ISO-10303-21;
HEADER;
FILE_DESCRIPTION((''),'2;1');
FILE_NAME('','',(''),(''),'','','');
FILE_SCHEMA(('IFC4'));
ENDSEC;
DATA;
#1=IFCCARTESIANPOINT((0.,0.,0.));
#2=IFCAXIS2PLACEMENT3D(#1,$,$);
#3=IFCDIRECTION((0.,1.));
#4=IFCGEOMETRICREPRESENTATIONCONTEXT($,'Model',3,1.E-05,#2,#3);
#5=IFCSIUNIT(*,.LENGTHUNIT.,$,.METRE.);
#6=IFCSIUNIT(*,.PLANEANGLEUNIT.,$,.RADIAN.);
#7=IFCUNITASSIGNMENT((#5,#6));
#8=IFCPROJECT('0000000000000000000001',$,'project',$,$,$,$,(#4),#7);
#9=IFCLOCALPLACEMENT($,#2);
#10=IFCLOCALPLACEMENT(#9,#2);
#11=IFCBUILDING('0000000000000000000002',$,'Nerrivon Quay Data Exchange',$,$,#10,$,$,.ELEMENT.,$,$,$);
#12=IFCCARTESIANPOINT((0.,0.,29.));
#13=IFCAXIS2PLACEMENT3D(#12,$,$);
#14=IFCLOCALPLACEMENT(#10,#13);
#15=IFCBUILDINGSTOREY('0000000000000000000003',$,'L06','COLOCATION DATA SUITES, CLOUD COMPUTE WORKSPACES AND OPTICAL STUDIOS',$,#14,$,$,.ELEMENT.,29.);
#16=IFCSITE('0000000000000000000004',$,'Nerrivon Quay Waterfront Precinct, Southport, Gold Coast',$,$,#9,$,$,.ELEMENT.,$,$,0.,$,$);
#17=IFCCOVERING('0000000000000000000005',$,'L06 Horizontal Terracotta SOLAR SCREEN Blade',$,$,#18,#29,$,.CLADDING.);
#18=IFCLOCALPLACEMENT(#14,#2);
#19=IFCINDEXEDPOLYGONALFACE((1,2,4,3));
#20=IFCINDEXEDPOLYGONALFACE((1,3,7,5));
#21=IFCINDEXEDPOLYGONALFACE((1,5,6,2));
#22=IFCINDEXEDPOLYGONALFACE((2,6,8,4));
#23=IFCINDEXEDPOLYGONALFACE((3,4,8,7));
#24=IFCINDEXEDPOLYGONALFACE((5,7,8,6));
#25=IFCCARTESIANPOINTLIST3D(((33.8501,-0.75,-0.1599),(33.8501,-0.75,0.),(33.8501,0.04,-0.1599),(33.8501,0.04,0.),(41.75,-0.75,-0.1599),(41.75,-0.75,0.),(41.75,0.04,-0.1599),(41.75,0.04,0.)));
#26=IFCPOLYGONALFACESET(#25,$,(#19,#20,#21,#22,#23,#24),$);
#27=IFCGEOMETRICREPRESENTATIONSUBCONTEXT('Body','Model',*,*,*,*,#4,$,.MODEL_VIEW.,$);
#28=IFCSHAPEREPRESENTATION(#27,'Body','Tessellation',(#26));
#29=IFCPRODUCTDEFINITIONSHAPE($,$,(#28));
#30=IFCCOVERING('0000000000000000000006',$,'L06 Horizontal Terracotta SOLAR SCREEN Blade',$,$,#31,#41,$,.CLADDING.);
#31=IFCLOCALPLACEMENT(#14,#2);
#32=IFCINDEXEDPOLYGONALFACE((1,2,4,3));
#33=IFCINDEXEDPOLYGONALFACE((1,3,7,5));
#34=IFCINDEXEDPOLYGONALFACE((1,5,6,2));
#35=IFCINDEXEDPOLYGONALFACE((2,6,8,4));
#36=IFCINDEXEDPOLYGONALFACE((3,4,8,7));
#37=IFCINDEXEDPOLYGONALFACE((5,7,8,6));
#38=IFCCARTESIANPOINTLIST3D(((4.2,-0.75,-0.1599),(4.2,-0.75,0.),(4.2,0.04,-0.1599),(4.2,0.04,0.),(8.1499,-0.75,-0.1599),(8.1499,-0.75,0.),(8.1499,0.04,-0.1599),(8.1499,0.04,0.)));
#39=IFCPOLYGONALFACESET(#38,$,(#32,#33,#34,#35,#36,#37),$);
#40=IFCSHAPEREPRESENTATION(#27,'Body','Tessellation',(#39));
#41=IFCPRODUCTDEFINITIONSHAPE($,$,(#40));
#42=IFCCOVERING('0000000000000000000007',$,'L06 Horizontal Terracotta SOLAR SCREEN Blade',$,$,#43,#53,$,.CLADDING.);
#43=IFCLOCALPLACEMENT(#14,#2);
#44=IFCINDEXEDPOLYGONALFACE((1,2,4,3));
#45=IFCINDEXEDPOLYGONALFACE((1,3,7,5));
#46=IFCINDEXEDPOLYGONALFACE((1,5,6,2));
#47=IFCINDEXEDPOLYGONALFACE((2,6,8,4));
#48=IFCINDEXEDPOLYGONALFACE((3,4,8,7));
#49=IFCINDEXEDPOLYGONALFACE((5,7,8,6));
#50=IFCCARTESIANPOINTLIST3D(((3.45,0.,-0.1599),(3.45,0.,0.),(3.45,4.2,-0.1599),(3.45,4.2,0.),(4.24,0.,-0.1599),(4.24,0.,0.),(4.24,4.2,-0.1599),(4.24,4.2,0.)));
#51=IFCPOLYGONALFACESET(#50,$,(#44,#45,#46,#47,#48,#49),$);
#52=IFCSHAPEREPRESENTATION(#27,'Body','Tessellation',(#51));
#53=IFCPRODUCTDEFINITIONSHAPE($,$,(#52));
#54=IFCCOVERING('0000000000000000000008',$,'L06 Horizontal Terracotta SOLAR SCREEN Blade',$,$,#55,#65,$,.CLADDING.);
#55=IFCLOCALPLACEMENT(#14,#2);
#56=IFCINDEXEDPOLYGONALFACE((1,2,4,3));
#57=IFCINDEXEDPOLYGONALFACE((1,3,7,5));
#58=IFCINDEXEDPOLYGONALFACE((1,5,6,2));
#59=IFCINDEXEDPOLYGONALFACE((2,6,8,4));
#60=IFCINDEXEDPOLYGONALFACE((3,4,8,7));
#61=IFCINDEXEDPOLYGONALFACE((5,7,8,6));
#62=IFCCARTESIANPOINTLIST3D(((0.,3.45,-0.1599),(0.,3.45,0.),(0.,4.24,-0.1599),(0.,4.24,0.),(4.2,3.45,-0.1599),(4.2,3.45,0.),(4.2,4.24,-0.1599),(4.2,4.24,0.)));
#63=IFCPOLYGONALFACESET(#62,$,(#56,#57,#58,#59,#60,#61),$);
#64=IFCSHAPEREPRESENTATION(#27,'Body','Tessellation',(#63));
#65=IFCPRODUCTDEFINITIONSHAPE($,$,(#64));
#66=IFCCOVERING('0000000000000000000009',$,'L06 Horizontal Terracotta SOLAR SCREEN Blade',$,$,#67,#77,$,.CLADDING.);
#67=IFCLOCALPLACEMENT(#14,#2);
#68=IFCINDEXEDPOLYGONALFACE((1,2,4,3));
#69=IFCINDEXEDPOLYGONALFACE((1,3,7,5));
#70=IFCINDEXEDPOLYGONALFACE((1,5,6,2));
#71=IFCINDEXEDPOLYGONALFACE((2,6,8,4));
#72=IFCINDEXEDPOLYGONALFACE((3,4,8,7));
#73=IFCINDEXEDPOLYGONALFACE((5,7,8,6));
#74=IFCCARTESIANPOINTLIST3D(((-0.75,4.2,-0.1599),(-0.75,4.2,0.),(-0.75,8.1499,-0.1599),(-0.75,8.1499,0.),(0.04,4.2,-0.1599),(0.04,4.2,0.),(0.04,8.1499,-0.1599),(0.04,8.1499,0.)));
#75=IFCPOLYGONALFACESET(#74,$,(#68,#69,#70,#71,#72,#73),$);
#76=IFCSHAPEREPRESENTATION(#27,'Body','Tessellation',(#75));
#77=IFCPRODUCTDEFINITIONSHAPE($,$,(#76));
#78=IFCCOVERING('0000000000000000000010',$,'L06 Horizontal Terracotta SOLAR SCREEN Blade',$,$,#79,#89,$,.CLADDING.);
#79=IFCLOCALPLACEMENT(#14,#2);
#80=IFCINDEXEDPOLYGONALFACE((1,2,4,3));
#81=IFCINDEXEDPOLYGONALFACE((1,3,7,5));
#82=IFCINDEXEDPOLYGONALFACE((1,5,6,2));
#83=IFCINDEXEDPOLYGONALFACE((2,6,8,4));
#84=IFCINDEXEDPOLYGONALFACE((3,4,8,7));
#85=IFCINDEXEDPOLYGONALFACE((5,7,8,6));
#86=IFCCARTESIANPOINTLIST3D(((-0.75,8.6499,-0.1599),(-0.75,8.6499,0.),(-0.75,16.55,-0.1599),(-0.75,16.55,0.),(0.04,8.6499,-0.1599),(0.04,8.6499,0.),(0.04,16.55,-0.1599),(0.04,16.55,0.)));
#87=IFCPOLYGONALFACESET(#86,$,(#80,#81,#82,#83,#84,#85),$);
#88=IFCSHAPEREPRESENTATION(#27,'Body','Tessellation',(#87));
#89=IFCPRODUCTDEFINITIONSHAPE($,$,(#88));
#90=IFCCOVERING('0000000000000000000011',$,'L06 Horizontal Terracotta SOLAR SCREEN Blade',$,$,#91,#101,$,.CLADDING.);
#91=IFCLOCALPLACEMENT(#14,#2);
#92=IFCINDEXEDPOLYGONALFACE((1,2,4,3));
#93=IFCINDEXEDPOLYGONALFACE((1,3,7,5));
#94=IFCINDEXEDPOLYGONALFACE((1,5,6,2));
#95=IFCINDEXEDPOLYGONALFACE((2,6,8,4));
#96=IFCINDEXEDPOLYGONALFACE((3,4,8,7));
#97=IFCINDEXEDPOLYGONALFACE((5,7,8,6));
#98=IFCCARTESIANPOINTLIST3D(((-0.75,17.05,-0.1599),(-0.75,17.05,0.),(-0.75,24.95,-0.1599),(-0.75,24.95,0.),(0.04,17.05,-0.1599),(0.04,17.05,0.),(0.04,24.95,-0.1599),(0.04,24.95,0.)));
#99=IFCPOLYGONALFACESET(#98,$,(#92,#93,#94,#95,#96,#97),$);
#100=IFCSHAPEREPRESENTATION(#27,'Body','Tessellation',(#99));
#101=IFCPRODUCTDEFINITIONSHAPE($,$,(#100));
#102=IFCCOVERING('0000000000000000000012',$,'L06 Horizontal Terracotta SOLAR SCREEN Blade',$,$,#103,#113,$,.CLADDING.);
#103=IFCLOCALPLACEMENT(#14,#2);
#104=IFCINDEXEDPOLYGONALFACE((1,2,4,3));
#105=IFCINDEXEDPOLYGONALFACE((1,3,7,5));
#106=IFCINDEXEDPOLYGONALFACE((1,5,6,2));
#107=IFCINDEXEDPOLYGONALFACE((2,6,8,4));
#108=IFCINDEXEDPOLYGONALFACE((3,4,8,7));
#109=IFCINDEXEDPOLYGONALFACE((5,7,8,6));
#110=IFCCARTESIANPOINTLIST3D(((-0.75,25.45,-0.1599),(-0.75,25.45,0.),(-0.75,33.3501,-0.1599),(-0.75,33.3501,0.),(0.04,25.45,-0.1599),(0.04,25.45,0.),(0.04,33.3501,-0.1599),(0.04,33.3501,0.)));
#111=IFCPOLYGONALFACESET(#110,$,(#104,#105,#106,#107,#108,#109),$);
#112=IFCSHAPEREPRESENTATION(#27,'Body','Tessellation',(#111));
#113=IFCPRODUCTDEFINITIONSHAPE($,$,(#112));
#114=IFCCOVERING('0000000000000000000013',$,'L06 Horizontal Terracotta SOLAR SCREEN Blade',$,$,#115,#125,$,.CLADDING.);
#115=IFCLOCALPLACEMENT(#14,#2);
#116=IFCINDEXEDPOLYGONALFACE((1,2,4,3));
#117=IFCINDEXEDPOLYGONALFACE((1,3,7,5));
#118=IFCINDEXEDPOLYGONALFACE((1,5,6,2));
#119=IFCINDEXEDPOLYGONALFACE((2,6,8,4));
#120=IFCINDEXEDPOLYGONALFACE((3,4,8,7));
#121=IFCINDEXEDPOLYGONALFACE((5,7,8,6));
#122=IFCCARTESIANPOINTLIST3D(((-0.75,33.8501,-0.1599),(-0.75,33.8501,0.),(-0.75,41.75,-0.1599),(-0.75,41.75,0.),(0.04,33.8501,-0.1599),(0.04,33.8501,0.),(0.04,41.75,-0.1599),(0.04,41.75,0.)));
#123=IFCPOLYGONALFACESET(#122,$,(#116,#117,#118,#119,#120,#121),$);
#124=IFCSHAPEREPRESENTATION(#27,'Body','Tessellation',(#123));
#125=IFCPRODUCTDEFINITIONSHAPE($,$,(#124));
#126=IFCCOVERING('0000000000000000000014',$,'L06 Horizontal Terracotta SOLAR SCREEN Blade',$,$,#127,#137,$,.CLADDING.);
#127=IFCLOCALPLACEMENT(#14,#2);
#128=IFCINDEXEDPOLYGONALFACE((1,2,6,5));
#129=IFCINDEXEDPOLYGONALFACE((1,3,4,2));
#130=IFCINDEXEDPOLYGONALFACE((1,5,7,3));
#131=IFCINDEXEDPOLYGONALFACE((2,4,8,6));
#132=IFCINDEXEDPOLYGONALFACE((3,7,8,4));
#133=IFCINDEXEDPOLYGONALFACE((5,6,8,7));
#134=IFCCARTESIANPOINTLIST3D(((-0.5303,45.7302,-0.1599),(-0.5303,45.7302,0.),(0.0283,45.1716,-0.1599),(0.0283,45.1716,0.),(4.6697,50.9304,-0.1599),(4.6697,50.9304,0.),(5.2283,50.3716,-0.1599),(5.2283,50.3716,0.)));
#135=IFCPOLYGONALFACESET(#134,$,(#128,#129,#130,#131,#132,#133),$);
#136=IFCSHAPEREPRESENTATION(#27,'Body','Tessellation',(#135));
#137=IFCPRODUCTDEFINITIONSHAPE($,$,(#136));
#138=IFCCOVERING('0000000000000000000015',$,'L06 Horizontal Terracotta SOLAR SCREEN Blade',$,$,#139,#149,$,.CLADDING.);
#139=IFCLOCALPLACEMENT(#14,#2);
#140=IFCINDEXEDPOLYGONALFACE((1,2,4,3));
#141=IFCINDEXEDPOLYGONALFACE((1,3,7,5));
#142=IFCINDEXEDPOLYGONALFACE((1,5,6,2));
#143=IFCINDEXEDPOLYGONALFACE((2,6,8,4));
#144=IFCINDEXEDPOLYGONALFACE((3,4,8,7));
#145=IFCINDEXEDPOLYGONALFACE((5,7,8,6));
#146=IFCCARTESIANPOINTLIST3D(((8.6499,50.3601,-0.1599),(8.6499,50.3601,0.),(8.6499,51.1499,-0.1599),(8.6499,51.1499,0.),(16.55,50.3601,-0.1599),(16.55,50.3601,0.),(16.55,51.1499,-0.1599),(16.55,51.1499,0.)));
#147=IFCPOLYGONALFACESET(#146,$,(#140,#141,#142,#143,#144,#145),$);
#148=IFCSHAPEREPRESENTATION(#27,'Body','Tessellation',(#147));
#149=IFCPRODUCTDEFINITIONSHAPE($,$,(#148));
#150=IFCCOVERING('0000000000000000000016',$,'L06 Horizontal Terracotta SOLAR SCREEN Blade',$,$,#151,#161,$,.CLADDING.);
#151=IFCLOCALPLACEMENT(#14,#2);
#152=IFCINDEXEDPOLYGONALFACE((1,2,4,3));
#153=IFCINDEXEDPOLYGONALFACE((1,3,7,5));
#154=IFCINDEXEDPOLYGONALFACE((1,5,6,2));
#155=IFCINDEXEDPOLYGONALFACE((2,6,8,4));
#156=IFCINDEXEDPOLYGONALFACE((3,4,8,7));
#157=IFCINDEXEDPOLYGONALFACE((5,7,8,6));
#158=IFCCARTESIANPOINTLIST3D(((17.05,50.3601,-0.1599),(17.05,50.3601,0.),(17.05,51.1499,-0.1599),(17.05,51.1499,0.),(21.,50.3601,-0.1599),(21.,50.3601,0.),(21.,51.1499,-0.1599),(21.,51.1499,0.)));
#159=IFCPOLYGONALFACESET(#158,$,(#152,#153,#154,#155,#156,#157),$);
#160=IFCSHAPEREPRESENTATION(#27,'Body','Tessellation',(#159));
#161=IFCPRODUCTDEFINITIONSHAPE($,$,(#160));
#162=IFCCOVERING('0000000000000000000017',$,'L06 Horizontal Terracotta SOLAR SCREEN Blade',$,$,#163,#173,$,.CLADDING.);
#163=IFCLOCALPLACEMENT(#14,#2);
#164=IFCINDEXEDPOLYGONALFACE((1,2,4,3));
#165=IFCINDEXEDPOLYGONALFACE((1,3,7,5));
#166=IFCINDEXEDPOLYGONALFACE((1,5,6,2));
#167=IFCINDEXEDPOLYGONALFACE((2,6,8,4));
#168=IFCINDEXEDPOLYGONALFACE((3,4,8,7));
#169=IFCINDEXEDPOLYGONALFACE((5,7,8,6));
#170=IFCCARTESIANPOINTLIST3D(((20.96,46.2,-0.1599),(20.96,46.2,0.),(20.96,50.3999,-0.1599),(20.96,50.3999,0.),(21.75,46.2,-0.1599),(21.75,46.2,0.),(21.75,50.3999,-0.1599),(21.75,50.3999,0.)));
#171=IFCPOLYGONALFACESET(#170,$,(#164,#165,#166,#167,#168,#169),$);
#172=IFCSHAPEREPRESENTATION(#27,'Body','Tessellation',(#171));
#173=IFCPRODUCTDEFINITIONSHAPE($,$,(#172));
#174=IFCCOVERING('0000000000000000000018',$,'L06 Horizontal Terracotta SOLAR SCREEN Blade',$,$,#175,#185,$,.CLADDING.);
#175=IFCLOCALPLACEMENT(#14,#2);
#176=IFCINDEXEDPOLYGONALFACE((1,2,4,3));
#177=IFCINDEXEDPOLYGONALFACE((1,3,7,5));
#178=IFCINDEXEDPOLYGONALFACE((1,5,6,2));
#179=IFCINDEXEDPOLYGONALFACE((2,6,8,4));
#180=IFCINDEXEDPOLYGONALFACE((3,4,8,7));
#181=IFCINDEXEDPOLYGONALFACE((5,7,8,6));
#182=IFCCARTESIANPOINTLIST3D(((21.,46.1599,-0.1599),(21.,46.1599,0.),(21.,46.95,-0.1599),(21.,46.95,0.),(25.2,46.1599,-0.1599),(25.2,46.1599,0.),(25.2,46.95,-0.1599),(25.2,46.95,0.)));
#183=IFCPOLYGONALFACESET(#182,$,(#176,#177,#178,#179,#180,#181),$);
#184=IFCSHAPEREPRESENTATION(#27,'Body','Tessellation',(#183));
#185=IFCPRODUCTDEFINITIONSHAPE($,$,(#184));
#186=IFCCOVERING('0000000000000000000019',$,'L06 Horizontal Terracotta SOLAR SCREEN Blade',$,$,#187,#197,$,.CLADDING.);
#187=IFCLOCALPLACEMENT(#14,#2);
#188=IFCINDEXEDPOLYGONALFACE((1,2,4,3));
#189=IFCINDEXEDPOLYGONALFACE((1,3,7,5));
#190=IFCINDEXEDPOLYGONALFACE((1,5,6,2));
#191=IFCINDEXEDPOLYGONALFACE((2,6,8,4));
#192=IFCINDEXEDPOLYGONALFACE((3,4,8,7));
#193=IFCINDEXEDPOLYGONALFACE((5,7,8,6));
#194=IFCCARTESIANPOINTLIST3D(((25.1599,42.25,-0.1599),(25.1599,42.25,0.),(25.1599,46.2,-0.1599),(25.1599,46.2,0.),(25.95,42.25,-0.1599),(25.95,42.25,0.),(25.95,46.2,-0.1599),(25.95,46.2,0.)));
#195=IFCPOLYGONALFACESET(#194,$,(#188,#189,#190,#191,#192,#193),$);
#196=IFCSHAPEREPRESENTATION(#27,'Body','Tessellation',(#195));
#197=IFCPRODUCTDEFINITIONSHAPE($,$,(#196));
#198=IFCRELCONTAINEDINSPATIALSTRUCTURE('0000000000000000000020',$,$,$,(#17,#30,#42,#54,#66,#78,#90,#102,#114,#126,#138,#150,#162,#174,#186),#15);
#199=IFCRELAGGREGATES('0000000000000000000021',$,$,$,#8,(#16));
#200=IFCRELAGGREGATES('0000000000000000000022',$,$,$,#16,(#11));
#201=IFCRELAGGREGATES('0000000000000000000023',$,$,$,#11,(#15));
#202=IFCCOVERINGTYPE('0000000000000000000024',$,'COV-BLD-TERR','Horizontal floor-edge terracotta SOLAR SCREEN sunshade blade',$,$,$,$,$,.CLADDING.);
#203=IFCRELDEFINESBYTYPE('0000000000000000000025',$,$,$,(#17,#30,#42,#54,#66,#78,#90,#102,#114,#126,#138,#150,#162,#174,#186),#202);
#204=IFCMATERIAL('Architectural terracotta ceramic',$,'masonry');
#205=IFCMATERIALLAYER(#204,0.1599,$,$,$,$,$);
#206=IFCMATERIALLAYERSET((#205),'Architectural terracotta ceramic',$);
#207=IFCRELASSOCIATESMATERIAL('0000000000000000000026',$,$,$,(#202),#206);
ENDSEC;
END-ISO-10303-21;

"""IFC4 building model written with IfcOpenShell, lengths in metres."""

from ifc_helpers import new_model, si_unit, direction, frame, origin, place, context, subcontext, project, spatial, polyline, outline, extrude, material, layer, layer_set, type_object, element, save


model = new_model("IFC4")

# Units and contexts
model_context = context("Model", 3, precision=1e-05, world=origin(), true_north=direction((0.0, 1.0)))
body_context = subcontext(model_context, "Body", "Model", "MODEL_VIEW")
ifc_project = project(units=[si_unit("LENGTHUNIT", "METRE"), si_unit("PLANEANGLEUNIT", "RADIAN")], contexts=[model_context])

# Site, building, storey
site_placement = place(None, origin())
site = spatial("IfcSite", under=ifc_project, at=site_placement, Name="Nerrivon Quay Waterfront Precinct, Southport, Gold Coast", CompositionType="ELEMENT", RefElevation=0.0)
building_placement = place(site_placement, origin())
building = spatial("IfcBuilding", under=site, at=building_placement, Name="Nerrivon Quay Data Exchange", CompositionType="ELEMENT")
storey_placement = place(building_placement, frame((0.0, 0.0, 29.0)))
storey = spatial("IfcBuildingStorey", under=building, at=storey_placement, Name="L06", Description="COLOCATION DATA SUITES, CLOUD COMPUTE WORKSPACES AND OPTICAL STUDIOS", CompositionType="ELEMENT", Elevation=29.0)

# Coverings
ifc_material_1 = material(Name="Architectural terracotta ceramic", Category="masonry")
ifc_layer_1 = layer(ifc_material_1, 0.1599)
ifc_layer_set_1 = layer_set([ifc_layer_1], Name="Architectural terracotta ceramic")
covering_type = type_object("IfcCoveringType", Name="COV-BLD-TERR", Description="Horizontal floor-edge terracotta SOLAR SCREEN sunshade blade", PredefinedType="CLADDING", material=ifc_layer_set_1)
covering_1_placement = place(storey_placement, frame((0.0, 0.0, -0.1599)))
element("IfcCovering", 1, at=covering_1_placement, inside=storey, type_object=covering_type, Name="L06 Horizontal Terracotta SOLAR SCREEN Blade", PredefinedType="CLADDING", context=body_context, shape_type="SweptSolid", body=[
    extrude(outline(polyline([(41.75, 0.04), (33.8501, 0.04), (33.8501, -0.75), (41.75, -0.75), (41.75, 0.04)])), origin(), (0.0, 0.0, 1.0), 0.1599),
])
covering_2_placement = place(storey_placement, frame((0.0, 0.0, -0.1599)))
element("IfcCovering", 2, at=covering_2_placement, inside=storey, type_object=covering_type, Name="L06 Horizontal Terracotta SOLAR SCREEN Blade", PredefinedType="CLADDING", context=body_context, shape_type="SweptSolid", body=[
    extrude(outline(polyline([(8.1499, 0.04), (4.2, 0.04), (4.2, -0.75), (8.1499, -0.75), (8.1499, 0.04)])), origin(), (0.0, 0.0, 1.0), 0.1599),
])
covering_3_placement = place(storey_placement, frame((0.0, 0.0, -0.1599)))
element("IfcCovering", 3, at=covering_3_placement, inside=storey, type_object=covering_type, Name="L06 Horizontal Terracotta SOLAR SCREEN Blade", PredefinedType="CLADDING", context=body_context, shape_type="SweptSolid", body=[
    extrude(outline(polyline([(4.24, 0.0), (4.24, 4.2), (3.45, 4.2), (3.45, 0.0), (4.24, 0.0)])), origin(), (0.0, 0.0, 1.0), 0.1599),
])
covering_4_placement = place(storey_placement, frame((0.0, 0.0, -0.1599)))
element("IfcCovering", 4, at=covering_4_placement, inside=storey, type_object=covering_type, Name="L06 Horizontal Terracotta SOLAR SCREEN Blade", PredefinedType="CLADDING", context=body_context, shape_type="SweptSolid", body=[
    extrude(outline(polyline([(4.2, 4.24), (0.0, 4.24), (0.0, 3.45), (4.2, 3.45), (4.2, 4.24)])), origin(), (0.0, 0.0, 1.0), 0.1599),
])
covering_5_placement = place(storey_placement, frame((0.0, 0.0, -0.1599)))
element("IfcCovering", 5, at=covering_5_placement, inside=storey, type_object=covering_type, Name="L06 Horizontal Terracotta SOLAR SCREEN Blade", PredefinedType="CLADDING", context=body_context, shape_type="SweptSolid", body=[
    extrude(outline(polyline([(0.04, 4.2), (0.04, 8.1499), (-0.75, 8.1499), (-0.75, 4.2), (0.04, 4.2)])), origin(), (0.0, 0.0, 1.0), 0.1599),
])
covering_6_placement = place(storey_placement, frame((0.0, 0.0, -0.1599)))
element("IfcCovering", 6, at=covering_6_placement, inside=storey, type_object=covering_type, Name="L06 Horizontal Terracotta SOLAR SCREEN Blade", PredefinedType="CLADDING", context=body_context, shape_type="SweptSolid", body=[
    extrude(outline(polyline([(0.04, 8.6499), (0.04, 16.55), (-0.75, 16.55), (-0.75, 8.6499), (0.04, 8.6499)])), origin(), (0.0, 0.0, 1.0), 0.1599),
])
covering_7_placement = place(storey_placement, frame((0.0, 0.0, -0.1599)))
element("IfcCovering", 7, at=covering_7_placement, inside=storey, type_object=covering_type, Name="L06 Horizontal Terracotta SOLAR SCREEN Blade", PredefinedType="CLADDING", context=body_context, shape_type="SweptSolid", body=[
    extrude(outline(polyline([(0.04, 17.05), (0.04, 24.95), (-0.75, 24.95), (-0.75, 17.05), (0.04, 17.05)])), origin(), (0.0, 0.0, 1.0), 0.1599),
])
covering_8_placement = place(storey_placement, frame((0.0, 0.0, -0.1599)))
element("IfcCovering", 8, at=covering_8_placement, inside=storey, type_object=covering_type, Name="L06 Horizontal Terracotta SOLAR SCREEN Blade", PredefinedType="CLADDING", context=body_context, shape_type="SweptSolid", body=[
    extrude(outline(polyline([(0.04, 25.45), (0.04, 33.3501), (-0.75, 33.3501), (-0.75, 25.45), (0.04, 25.45)])), origin(), (0.0, 0.0, 1.0), 0.1599),
])
covering_9_placement = place(storey_placement, frame((0.0, 0.0, -0.1599)))
element("IfcCovering", 9, at=covering_9_placement, inside=storey, type_object=covering_type, Name="L06 Horizontal Terracotta SOLAR SCREEN Blade", PredefinedType="CLADDING", context=body_context, shape_type="SweptSolid", body=[
    extrude(outline(polyline([(0.04, 33.8501), (0.04, 41.75), (-0.75, 41.75), (-0.75, 33.8501), (0.04, 33.8501)])), origin(), (0.0, 0.0, 1.0), 0.1599),
])
covering_10_placement = place(storey_placement, frame((0.0, 0.0, -0.1599)))
element("IfcCovering", 10, at=covering_10_placement, inside=storey, type_object=covering_type, Name="L06 Horizontal Terracotta SOLAR SCREEN Blade", PredefinedType="CLADDING", context=body_context, shape_type="SweptSolid", body=[
    extrude(outline(polyline([(0.0283, 45.1716), (5.2283, 50.3716), (4.6697, 50.9304), (-0.5303, 45.7302), (0.0283, 45.1716)])), origin(), (0.0, 0.0, 1.0), 0.1599),
])
covering_11_placement = place(storey_placement, frame((0.0, 0.0, -0.1599)))
element("IfcCovering", 11, at=covering_11_placement, inside=storey, type_object=covering_type, Name="L06 Horizontal Terracotta SOLAR SCREEN Blade", PredefinedType="CLADDING", context=body_context, shape_type="SweptSolid", body=[
    extrude(outline(polyline([(8.6499, 50.3601), (16.55, 50.3601), (16.55, 51.1499), (8.6499, 51.1499), (8.6499, 50.3601)])), origin(), (0.0, 0.0, 1.0), 0.1599),
])
covering_12_placement = place(storey_placement, frame((0.0, 0.0, -0.1599)))
element("IfcCovering", 12, at=covering_12_placement, inside=storey, type_object=covering_type, Name="L06 Horizontal Terracotta SOLAR SCREEN Blade", PredefinedType="CLADDING", context=body_context, shape_type="SweptSolid", body=[
    extrude(outline(polyline([(17.05, 50.3601), (21.0, 50.3601), (21.0, 51.1499), (17.05, 51.1499), (17.05, 50.3601)])), origin(), (0.0, 0.0, 1.0), 0.1599),
])
covering_13_placement = place(storey_placement, frame((0.0, 0.0, -0.1599)))
element("IfcCovering", 13, at=covering_13_placement, inside=storey, type_object=covering_type, Name="L06 Horizontal Terracotta SOLAR SCREEN Blade", PredefinedType="CLADDING", context=body_context, shape_type="SweptSolid", body=[
    extrude(outline(polyline([(20.96, 50.3999), (20.96, 46.2), (21.75, 46.2), (21.75, 50.3999), (20.96, 50.3999)])), origin(), (0.0, 0.0, 1.0), 0.1599),
])
covering_14_placement = place(storey_placement, frame((0.0, 0.0, -0.1599)))
element("IfcCovering", 14, at=covering_14_placement, inside=storey, type_object=covering_type, Name="L06 Horizontal Terracotta SOLAR SCREEN Blade", PredefinedType="CLADDING", context=body_context, shape_type="SweptSolid", body=[
    extrude(outline(polyline([(21.0, 46.1599), (25.2, 46.1599), (25.2, 46.95), (21.0, 46.95), (21.0, 46.1599)])), origin(), (0.0, 0.0, 1.0), 0.1599),
])
covering_15_placement = place(storey_placement, frame((0.0, 0.0, -0.1599)))
element("IfcCovering", 15, at=covering_15_placement, inside=storey, type_object=covering_type, Name="L06 Horizontal Terracotta SOLAR SCREEN Blade", PredefinedType="CLADDING", context=body_context, shape_type="SweptSolid", body=[
    extrude(outline(polyline([(25.1599, 46.2), (25.1599, 42.25), (25.95, 42.25), (25.95, 46.2), (25.1599, 46.2)])), origin(), (0.0, 0.0, 1.0), 0.1599),
])

save(model, "model.ifc")
